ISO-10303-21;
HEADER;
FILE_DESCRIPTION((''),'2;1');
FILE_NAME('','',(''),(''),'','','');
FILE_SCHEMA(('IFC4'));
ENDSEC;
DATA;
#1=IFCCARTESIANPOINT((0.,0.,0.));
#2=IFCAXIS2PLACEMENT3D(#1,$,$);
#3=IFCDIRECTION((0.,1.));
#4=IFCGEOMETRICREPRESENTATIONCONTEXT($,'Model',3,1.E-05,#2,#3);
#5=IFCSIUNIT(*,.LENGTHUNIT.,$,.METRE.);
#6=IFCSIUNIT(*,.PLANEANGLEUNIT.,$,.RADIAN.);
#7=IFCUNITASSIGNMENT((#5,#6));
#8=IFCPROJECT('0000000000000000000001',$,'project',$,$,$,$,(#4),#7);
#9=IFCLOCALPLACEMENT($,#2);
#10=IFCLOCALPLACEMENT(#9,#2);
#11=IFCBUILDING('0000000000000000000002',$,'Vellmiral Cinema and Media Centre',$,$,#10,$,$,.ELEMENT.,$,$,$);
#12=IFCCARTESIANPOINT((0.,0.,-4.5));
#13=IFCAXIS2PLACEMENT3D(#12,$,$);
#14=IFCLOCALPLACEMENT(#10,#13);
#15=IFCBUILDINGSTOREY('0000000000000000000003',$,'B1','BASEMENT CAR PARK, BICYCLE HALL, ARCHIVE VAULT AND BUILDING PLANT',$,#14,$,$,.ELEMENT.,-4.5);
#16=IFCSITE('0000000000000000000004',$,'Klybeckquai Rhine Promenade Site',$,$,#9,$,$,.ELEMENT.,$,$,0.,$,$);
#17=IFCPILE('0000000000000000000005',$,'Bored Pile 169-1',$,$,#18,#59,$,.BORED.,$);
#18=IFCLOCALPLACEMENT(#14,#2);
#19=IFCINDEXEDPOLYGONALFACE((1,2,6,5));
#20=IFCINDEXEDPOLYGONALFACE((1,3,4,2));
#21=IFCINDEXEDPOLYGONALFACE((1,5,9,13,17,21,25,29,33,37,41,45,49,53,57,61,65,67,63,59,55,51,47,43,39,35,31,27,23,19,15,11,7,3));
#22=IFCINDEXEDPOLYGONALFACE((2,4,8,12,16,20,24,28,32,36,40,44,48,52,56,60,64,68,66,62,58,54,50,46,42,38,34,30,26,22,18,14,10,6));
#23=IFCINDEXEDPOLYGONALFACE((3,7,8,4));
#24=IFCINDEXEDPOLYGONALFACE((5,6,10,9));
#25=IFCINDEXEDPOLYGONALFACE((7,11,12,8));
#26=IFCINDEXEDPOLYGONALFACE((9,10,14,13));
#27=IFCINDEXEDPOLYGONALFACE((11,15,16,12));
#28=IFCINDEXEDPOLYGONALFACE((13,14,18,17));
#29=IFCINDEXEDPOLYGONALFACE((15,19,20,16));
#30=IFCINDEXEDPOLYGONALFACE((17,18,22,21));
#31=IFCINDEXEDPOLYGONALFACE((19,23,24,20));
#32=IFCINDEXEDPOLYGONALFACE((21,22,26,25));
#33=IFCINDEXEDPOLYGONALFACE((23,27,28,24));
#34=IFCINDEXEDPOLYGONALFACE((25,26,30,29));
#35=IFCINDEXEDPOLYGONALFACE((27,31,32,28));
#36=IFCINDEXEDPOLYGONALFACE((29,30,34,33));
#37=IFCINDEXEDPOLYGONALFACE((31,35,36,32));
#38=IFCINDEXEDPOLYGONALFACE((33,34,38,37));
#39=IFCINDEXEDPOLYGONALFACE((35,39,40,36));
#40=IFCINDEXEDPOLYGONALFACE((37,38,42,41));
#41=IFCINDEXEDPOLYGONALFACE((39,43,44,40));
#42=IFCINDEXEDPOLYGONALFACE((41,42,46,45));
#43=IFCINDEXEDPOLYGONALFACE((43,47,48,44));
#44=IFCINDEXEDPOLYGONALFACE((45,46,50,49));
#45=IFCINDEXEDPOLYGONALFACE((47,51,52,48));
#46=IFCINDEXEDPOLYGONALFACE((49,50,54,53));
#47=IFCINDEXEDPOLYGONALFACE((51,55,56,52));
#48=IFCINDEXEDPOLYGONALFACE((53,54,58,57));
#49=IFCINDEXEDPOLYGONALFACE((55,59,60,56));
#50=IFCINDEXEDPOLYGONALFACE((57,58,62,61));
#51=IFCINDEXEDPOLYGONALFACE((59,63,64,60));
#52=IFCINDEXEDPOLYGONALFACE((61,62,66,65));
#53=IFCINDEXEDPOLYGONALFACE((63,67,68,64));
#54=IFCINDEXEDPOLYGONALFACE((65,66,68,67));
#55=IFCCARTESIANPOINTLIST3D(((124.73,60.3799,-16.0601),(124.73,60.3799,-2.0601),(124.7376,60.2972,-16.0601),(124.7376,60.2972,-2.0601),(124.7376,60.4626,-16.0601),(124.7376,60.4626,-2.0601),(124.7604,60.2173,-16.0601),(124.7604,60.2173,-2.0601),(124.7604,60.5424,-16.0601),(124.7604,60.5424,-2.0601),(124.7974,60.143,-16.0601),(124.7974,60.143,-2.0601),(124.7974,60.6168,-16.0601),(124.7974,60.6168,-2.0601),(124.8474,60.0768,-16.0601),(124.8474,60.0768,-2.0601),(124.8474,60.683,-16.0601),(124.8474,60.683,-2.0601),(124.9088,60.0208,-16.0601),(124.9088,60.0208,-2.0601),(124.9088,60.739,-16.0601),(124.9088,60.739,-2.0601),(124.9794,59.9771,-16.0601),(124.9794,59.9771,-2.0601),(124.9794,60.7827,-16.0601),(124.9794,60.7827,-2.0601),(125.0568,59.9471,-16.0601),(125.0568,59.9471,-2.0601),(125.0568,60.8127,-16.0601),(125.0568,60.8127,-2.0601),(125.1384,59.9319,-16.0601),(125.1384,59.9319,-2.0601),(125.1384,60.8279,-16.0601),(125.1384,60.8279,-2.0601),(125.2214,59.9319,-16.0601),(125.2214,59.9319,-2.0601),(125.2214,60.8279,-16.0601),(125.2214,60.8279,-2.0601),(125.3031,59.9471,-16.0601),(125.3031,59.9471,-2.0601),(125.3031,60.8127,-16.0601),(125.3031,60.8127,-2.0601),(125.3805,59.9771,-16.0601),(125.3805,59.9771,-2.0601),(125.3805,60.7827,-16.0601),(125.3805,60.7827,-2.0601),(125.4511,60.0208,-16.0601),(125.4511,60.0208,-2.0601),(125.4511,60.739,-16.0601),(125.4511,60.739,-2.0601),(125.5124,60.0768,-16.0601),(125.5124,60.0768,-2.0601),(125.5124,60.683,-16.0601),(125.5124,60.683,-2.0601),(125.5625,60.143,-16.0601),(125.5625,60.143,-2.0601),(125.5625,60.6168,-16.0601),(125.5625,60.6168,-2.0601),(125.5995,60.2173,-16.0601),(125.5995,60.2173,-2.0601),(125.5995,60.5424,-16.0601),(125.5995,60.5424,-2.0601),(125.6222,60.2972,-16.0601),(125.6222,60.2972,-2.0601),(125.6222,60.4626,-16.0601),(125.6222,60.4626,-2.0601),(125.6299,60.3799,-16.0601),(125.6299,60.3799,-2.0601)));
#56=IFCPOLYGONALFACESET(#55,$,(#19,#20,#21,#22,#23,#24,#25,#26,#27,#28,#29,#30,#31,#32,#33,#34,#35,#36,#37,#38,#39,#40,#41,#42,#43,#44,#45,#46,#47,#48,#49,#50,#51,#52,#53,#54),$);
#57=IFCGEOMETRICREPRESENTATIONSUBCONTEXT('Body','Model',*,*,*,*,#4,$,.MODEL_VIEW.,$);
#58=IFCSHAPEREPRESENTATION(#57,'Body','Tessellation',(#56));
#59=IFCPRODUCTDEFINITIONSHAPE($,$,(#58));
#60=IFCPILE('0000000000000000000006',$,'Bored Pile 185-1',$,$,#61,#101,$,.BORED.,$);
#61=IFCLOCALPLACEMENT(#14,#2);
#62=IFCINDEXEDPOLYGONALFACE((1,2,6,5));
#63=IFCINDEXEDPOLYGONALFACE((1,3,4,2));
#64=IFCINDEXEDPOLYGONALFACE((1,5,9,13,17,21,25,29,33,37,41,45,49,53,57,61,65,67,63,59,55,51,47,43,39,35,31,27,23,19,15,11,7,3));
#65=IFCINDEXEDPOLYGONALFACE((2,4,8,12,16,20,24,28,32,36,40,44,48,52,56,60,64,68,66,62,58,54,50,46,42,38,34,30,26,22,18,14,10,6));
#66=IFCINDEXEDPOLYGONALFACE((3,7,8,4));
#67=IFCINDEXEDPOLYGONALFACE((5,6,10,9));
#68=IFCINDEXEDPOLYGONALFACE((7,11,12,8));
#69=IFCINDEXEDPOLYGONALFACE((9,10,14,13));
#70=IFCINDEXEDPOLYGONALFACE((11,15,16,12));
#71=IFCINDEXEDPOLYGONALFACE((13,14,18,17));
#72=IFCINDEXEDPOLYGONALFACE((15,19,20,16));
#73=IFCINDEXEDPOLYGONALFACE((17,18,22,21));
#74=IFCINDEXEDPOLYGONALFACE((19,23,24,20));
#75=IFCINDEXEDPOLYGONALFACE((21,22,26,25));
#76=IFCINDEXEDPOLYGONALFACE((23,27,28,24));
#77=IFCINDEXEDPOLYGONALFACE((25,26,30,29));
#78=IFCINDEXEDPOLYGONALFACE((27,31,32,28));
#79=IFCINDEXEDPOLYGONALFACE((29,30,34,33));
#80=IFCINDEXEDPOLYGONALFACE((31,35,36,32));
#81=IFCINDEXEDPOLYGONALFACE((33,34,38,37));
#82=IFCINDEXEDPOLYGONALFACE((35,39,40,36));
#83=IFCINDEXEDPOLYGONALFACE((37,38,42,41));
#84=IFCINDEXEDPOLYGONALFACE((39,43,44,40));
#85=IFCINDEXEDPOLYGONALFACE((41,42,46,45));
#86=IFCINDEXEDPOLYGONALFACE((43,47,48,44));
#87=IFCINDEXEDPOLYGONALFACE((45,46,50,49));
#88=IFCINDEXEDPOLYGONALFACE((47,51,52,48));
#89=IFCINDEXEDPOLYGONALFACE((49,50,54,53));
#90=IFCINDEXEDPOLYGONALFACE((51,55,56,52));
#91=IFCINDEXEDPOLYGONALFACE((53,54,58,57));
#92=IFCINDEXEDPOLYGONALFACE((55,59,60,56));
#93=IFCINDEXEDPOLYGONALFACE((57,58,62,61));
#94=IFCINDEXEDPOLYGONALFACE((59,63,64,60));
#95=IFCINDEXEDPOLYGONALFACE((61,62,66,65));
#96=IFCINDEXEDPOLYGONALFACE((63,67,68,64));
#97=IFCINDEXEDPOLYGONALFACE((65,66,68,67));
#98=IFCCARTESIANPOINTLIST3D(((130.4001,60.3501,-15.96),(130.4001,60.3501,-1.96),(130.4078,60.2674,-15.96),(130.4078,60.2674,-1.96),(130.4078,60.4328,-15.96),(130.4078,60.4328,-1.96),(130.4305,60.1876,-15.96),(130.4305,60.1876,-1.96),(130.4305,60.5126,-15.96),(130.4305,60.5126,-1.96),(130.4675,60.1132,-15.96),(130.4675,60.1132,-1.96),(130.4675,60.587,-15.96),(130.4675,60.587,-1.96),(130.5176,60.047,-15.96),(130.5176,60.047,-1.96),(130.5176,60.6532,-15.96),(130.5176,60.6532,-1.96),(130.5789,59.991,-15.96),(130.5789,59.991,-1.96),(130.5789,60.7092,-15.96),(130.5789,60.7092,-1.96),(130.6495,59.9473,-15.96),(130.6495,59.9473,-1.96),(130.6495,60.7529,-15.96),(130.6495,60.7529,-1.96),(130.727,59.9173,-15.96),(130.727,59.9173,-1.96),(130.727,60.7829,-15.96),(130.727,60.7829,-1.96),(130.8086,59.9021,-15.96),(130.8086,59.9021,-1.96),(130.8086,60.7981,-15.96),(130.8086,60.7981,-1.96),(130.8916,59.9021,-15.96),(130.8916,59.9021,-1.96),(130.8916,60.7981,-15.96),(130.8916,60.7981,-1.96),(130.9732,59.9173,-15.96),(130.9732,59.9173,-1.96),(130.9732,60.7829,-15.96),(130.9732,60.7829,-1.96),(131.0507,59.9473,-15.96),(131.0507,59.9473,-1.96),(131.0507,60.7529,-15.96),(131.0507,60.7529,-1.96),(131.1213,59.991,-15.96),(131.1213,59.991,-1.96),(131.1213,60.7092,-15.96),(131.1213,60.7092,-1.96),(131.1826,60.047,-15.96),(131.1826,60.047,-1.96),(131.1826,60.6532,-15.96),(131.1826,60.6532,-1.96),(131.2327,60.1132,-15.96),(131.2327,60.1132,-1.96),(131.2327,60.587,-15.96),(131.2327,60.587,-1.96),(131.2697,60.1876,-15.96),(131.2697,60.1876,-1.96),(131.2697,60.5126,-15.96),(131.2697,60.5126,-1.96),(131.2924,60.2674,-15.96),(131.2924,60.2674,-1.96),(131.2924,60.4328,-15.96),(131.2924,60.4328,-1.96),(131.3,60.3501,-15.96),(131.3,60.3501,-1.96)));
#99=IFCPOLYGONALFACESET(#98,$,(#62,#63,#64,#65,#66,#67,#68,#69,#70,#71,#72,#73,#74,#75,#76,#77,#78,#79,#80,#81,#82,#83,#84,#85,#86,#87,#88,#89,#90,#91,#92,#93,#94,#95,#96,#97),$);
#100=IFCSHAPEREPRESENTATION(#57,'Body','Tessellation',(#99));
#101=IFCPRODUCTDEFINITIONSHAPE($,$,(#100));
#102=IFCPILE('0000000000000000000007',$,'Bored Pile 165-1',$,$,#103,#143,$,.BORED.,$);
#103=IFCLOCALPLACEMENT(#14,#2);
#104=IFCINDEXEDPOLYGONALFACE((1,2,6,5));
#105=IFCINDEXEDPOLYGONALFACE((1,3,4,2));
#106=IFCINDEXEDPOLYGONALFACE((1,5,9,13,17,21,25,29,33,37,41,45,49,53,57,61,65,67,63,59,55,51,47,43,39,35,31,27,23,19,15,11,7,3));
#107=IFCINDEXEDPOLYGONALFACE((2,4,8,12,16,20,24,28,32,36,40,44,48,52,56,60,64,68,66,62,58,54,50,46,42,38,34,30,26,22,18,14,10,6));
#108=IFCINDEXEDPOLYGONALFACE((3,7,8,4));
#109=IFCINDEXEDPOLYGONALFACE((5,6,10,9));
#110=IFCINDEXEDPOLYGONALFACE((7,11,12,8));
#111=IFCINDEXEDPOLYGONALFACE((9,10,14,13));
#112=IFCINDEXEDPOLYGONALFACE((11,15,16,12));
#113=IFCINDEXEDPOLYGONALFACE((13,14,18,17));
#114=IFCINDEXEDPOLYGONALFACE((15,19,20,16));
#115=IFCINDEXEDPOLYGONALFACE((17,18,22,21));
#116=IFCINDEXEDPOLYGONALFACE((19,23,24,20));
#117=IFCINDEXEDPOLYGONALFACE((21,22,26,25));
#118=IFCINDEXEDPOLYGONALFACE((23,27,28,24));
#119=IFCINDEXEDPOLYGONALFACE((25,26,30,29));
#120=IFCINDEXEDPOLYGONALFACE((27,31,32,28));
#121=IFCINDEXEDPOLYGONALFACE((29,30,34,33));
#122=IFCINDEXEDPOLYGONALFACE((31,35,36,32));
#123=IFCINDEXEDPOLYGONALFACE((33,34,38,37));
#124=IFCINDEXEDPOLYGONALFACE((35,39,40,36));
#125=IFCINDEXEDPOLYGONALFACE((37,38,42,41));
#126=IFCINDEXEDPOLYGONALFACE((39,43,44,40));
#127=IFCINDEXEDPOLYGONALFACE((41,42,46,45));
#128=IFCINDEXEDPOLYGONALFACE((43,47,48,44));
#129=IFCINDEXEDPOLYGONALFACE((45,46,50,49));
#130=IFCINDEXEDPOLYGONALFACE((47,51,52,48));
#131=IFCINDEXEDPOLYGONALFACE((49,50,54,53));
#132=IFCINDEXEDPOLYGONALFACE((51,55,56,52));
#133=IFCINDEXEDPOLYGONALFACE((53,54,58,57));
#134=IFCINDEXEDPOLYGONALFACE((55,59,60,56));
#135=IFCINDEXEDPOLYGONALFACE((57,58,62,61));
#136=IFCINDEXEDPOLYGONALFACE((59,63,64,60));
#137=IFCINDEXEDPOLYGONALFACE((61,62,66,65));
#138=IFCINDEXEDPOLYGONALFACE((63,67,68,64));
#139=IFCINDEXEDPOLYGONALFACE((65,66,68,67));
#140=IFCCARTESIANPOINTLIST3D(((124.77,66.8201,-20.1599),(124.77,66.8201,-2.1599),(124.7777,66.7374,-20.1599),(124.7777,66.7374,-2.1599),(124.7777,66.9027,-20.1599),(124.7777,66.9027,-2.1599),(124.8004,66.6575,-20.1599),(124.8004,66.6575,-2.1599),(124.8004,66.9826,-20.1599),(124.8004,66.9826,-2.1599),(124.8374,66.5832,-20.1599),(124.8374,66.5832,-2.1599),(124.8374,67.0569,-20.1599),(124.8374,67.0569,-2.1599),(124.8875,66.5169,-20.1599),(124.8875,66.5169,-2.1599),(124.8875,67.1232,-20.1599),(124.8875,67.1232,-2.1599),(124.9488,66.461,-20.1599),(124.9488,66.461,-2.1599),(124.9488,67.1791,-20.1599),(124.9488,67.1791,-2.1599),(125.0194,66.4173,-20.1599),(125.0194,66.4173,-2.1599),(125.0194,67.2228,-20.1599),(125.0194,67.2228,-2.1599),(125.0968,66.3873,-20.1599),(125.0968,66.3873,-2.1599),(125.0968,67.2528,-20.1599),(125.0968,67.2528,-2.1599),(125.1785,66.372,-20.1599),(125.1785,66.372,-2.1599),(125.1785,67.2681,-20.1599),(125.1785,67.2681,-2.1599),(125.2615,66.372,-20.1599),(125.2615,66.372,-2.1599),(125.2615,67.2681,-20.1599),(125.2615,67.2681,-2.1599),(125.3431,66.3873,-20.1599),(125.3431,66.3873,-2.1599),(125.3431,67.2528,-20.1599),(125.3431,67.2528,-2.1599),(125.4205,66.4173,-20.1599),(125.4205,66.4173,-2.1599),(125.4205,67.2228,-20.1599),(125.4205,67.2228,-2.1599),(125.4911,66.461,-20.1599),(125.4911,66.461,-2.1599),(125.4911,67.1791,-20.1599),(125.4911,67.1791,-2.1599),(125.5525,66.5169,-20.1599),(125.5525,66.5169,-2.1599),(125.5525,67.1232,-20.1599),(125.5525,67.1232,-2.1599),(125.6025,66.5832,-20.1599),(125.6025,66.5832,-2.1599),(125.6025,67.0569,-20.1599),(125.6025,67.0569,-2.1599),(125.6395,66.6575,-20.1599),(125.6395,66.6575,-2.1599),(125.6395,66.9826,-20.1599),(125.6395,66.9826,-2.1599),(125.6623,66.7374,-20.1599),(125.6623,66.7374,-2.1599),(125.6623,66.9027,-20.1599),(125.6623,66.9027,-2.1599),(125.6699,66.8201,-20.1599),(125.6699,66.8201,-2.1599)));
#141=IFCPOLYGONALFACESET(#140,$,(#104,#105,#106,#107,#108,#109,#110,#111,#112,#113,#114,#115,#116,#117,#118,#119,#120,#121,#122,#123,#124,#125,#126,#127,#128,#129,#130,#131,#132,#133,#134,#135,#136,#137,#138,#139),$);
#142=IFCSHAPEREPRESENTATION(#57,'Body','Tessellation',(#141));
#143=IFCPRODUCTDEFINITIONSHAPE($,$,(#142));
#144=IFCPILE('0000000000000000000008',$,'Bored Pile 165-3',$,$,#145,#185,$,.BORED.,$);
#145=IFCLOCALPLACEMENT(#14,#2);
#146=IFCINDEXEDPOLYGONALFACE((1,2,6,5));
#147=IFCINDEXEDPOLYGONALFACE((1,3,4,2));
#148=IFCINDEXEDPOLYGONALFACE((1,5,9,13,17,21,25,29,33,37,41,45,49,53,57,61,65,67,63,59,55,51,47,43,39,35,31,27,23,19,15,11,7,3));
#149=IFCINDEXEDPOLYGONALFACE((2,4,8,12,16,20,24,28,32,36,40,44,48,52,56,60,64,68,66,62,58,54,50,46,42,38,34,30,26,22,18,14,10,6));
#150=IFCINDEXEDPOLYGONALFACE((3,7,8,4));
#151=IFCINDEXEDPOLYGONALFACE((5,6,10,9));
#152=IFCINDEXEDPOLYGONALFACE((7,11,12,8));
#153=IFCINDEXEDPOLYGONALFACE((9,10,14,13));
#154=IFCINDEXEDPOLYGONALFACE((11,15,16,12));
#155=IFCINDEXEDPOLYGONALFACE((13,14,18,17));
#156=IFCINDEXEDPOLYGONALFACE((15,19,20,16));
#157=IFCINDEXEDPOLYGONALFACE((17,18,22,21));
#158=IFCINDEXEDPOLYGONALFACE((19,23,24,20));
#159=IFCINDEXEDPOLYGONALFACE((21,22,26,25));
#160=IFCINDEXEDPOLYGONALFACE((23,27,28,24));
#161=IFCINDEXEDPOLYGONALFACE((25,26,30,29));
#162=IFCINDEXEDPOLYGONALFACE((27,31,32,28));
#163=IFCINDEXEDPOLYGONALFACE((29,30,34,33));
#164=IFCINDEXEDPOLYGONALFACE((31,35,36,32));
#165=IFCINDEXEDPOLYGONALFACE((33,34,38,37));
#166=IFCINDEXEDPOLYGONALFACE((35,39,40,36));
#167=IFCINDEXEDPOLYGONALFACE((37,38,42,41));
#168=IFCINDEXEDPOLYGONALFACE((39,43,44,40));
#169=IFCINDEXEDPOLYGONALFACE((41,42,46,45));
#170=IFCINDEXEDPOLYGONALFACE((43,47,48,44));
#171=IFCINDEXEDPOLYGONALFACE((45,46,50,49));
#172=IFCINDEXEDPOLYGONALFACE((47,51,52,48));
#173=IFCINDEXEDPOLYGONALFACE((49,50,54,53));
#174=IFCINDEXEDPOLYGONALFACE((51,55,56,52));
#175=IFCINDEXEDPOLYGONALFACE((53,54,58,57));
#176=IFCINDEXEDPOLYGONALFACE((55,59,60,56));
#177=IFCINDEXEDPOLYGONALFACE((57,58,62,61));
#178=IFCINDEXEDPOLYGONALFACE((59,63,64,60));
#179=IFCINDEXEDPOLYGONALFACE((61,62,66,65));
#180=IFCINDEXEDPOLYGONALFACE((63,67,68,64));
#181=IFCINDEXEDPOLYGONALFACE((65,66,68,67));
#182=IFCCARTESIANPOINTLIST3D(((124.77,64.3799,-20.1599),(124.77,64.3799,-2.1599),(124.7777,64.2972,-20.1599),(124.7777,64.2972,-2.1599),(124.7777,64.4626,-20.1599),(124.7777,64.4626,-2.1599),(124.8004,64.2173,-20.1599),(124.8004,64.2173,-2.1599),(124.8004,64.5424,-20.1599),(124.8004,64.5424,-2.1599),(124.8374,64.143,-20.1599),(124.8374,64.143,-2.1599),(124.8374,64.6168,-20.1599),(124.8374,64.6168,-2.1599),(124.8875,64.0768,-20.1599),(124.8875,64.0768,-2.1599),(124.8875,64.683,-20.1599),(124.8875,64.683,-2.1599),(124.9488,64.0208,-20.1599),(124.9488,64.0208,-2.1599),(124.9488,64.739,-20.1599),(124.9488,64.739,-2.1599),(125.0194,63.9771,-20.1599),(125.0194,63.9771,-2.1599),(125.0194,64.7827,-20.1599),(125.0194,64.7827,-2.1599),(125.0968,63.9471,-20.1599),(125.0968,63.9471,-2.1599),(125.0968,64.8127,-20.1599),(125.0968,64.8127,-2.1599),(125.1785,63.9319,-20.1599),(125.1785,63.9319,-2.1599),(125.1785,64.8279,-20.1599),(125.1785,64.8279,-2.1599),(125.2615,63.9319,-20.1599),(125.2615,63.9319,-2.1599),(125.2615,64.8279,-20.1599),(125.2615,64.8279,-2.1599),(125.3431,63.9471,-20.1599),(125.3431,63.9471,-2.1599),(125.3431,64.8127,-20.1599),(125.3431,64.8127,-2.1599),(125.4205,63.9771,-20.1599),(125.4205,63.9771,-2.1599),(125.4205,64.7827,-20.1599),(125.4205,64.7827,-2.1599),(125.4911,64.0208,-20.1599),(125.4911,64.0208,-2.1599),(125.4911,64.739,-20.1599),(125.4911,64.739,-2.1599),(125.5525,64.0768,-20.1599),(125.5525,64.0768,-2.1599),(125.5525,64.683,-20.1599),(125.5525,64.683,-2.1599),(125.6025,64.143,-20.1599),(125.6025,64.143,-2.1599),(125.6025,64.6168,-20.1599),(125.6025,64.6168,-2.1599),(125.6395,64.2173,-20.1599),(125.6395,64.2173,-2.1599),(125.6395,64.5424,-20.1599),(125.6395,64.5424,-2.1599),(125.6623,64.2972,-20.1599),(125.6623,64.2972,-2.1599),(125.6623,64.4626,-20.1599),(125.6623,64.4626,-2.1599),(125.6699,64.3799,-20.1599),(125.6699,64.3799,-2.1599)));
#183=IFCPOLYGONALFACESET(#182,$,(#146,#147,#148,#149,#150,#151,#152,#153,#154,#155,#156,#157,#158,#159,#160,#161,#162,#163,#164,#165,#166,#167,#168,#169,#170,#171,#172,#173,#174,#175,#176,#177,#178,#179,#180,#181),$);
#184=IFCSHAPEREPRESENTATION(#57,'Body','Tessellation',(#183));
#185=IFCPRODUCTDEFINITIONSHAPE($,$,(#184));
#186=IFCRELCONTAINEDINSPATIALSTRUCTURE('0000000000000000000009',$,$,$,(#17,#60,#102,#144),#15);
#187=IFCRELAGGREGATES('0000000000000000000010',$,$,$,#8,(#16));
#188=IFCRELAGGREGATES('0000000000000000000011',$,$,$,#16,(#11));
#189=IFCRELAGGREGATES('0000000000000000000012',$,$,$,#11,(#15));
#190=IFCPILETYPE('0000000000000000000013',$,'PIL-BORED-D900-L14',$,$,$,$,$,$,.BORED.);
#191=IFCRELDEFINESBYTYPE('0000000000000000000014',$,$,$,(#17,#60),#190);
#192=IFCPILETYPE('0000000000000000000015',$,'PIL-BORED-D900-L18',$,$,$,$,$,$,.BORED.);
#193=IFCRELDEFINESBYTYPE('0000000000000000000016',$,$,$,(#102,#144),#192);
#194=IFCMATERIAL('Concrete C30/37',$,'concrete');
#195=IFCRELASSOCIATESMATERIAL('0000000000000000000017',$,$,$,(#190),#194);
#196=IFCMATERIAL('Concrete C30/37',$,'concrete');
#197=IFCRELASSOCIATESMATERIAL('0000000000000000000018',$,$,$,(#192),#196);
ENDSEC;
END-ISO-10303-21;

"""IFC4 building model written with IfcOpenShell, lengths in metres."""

from ifc_helpers import new_model, si_unit, direction, frame, origin, origin_2d, place, context, subcontext, project, spatial, circle, extrude, material, material_profile, profile_set, type_object, element, save


model = new_model("IFC4")

# Units and contexts
model_context = context("Model", 3, precision=1e-05, world=origin(), true_north=direction((0.0, 1.0)))
body_context = subcontext(model_context, "Body", "Model", "MODEL_VIEW")
ifc_project = project(units=[si_unit("LENGTHUNIT", "METRE"), si_unit("PLANEANGLEUNIT", "RADIAN")], contexts=[model_context])

# Site, building, storey
site_placement = place(None, origin())
site = spatial("IfcSite", under=ifc_project, at=site_placement, Name="Klybeckquai Rhine Promenade Site", CompositionType="ELEMENT", RefElevation=0.0)
building_placement = place(site_placement, origin())
building = spatial("IfcBuilding", under=site, at=building_placement, Name="Vellmiral Cinema and Media Centre", CompositionType="ELEMENT")
storey_placement = place(building_placement, frame((0.0, 0.0, -4.5)))
storey = spatial("IfcBuildingStorey", under=building, at=storey_placement, Name="B1", Description="BASEMENT CAR PARK, BICYCLE HALL, ARCHIVE VAULT AND BUILDING PLANT", CompositionType="ELEMENT", Elevation=-4.5)

# Piles
ifc_material_1 = material(Name="Concrete C30/37", Category="concrete")
ifc_material_profile_1 = material_profile(ifc_material_1, circle(Radius=0.45, at=origin_2d()), Name="PILE D900")
ifc_profile_set_1 = profile_set([ifc_material_profile_1], Name="Concrete C30/37")
pile_type_1 = type_object("IfcPileType", Name="PIL-BORED-D900-L14", PredefinedType="BORED", material=ifc_profile_set_1)
for number, where, z_axis, x_axis, name in (
    (1, (125.1799, 60.3799, -2.0601), (0.0, 0.0, -1.0), (1.0, 0.0, 0.0), "Bored Pile 169-1"),
    (2, (130.8501, 60.3501, -1.96), (0.0, 0.0, -1.0), (1.0, 0.0, 0.0), "Bored Pile 185-1"),
):
    element("IfcPile", number, at=place(storey_placement, frame(where, z_axis=z_axis, x_axis=x_axis)), inside=storey, type_object=pile_type_1, Name=name, PredefinedType="BORED", context=body_context, shape_type="SweptSolid", body=[
        extrude(circle(Radius=0.45, at=origin_2d()), origin(), (0.0, 0.0, 1.0), 14.0),
    ])
ifc_material_2 = material(Name="Concrete C30/37", Category="concrete")
ifc_material_profile_2 = material_profile(ifc_material_2, circle(Radius=0.45, at=origin_2d()), Name="PILE D900")
ifc_profile_set_2 = profile_set([ifc_material_profile_2], Name="Concrete C30/37")
pile_type_2 = type_object("IfcPileType", Name="PIL-BORED-D900-L18", PredefinedType="BORED", material=ifc_profile_set_2)
for number, where, z_axis, x_axis, name in (
    (3, (125.22, 66.8201, -2.1599), (0.0, 0.0, -1.0), (1.0, 0.0, 0.0), "Bored Pile 165-1"),
    (4, (125.22, 64.3799, -2.1599), (0.0, 0.0, -1.0), (1.0, 0.0, 0.0), "Bored Pile 165-3"),
):
    element("IfcPile", number, at=place(storey_placement, frame(where, z_axis=z_axis, x_axis=x_axis)), inside=storey, type_object=pile_type_2, Name=name, PredefinedType="BORED", context=body_context, shape_type="SweptSolid", body=[
        extrude(circle(Radius=0.45, at=origin_2d()), origin(), (0.0, 0.0, 1.0), 18.0),
    ])

save(model, "model.ifc")
